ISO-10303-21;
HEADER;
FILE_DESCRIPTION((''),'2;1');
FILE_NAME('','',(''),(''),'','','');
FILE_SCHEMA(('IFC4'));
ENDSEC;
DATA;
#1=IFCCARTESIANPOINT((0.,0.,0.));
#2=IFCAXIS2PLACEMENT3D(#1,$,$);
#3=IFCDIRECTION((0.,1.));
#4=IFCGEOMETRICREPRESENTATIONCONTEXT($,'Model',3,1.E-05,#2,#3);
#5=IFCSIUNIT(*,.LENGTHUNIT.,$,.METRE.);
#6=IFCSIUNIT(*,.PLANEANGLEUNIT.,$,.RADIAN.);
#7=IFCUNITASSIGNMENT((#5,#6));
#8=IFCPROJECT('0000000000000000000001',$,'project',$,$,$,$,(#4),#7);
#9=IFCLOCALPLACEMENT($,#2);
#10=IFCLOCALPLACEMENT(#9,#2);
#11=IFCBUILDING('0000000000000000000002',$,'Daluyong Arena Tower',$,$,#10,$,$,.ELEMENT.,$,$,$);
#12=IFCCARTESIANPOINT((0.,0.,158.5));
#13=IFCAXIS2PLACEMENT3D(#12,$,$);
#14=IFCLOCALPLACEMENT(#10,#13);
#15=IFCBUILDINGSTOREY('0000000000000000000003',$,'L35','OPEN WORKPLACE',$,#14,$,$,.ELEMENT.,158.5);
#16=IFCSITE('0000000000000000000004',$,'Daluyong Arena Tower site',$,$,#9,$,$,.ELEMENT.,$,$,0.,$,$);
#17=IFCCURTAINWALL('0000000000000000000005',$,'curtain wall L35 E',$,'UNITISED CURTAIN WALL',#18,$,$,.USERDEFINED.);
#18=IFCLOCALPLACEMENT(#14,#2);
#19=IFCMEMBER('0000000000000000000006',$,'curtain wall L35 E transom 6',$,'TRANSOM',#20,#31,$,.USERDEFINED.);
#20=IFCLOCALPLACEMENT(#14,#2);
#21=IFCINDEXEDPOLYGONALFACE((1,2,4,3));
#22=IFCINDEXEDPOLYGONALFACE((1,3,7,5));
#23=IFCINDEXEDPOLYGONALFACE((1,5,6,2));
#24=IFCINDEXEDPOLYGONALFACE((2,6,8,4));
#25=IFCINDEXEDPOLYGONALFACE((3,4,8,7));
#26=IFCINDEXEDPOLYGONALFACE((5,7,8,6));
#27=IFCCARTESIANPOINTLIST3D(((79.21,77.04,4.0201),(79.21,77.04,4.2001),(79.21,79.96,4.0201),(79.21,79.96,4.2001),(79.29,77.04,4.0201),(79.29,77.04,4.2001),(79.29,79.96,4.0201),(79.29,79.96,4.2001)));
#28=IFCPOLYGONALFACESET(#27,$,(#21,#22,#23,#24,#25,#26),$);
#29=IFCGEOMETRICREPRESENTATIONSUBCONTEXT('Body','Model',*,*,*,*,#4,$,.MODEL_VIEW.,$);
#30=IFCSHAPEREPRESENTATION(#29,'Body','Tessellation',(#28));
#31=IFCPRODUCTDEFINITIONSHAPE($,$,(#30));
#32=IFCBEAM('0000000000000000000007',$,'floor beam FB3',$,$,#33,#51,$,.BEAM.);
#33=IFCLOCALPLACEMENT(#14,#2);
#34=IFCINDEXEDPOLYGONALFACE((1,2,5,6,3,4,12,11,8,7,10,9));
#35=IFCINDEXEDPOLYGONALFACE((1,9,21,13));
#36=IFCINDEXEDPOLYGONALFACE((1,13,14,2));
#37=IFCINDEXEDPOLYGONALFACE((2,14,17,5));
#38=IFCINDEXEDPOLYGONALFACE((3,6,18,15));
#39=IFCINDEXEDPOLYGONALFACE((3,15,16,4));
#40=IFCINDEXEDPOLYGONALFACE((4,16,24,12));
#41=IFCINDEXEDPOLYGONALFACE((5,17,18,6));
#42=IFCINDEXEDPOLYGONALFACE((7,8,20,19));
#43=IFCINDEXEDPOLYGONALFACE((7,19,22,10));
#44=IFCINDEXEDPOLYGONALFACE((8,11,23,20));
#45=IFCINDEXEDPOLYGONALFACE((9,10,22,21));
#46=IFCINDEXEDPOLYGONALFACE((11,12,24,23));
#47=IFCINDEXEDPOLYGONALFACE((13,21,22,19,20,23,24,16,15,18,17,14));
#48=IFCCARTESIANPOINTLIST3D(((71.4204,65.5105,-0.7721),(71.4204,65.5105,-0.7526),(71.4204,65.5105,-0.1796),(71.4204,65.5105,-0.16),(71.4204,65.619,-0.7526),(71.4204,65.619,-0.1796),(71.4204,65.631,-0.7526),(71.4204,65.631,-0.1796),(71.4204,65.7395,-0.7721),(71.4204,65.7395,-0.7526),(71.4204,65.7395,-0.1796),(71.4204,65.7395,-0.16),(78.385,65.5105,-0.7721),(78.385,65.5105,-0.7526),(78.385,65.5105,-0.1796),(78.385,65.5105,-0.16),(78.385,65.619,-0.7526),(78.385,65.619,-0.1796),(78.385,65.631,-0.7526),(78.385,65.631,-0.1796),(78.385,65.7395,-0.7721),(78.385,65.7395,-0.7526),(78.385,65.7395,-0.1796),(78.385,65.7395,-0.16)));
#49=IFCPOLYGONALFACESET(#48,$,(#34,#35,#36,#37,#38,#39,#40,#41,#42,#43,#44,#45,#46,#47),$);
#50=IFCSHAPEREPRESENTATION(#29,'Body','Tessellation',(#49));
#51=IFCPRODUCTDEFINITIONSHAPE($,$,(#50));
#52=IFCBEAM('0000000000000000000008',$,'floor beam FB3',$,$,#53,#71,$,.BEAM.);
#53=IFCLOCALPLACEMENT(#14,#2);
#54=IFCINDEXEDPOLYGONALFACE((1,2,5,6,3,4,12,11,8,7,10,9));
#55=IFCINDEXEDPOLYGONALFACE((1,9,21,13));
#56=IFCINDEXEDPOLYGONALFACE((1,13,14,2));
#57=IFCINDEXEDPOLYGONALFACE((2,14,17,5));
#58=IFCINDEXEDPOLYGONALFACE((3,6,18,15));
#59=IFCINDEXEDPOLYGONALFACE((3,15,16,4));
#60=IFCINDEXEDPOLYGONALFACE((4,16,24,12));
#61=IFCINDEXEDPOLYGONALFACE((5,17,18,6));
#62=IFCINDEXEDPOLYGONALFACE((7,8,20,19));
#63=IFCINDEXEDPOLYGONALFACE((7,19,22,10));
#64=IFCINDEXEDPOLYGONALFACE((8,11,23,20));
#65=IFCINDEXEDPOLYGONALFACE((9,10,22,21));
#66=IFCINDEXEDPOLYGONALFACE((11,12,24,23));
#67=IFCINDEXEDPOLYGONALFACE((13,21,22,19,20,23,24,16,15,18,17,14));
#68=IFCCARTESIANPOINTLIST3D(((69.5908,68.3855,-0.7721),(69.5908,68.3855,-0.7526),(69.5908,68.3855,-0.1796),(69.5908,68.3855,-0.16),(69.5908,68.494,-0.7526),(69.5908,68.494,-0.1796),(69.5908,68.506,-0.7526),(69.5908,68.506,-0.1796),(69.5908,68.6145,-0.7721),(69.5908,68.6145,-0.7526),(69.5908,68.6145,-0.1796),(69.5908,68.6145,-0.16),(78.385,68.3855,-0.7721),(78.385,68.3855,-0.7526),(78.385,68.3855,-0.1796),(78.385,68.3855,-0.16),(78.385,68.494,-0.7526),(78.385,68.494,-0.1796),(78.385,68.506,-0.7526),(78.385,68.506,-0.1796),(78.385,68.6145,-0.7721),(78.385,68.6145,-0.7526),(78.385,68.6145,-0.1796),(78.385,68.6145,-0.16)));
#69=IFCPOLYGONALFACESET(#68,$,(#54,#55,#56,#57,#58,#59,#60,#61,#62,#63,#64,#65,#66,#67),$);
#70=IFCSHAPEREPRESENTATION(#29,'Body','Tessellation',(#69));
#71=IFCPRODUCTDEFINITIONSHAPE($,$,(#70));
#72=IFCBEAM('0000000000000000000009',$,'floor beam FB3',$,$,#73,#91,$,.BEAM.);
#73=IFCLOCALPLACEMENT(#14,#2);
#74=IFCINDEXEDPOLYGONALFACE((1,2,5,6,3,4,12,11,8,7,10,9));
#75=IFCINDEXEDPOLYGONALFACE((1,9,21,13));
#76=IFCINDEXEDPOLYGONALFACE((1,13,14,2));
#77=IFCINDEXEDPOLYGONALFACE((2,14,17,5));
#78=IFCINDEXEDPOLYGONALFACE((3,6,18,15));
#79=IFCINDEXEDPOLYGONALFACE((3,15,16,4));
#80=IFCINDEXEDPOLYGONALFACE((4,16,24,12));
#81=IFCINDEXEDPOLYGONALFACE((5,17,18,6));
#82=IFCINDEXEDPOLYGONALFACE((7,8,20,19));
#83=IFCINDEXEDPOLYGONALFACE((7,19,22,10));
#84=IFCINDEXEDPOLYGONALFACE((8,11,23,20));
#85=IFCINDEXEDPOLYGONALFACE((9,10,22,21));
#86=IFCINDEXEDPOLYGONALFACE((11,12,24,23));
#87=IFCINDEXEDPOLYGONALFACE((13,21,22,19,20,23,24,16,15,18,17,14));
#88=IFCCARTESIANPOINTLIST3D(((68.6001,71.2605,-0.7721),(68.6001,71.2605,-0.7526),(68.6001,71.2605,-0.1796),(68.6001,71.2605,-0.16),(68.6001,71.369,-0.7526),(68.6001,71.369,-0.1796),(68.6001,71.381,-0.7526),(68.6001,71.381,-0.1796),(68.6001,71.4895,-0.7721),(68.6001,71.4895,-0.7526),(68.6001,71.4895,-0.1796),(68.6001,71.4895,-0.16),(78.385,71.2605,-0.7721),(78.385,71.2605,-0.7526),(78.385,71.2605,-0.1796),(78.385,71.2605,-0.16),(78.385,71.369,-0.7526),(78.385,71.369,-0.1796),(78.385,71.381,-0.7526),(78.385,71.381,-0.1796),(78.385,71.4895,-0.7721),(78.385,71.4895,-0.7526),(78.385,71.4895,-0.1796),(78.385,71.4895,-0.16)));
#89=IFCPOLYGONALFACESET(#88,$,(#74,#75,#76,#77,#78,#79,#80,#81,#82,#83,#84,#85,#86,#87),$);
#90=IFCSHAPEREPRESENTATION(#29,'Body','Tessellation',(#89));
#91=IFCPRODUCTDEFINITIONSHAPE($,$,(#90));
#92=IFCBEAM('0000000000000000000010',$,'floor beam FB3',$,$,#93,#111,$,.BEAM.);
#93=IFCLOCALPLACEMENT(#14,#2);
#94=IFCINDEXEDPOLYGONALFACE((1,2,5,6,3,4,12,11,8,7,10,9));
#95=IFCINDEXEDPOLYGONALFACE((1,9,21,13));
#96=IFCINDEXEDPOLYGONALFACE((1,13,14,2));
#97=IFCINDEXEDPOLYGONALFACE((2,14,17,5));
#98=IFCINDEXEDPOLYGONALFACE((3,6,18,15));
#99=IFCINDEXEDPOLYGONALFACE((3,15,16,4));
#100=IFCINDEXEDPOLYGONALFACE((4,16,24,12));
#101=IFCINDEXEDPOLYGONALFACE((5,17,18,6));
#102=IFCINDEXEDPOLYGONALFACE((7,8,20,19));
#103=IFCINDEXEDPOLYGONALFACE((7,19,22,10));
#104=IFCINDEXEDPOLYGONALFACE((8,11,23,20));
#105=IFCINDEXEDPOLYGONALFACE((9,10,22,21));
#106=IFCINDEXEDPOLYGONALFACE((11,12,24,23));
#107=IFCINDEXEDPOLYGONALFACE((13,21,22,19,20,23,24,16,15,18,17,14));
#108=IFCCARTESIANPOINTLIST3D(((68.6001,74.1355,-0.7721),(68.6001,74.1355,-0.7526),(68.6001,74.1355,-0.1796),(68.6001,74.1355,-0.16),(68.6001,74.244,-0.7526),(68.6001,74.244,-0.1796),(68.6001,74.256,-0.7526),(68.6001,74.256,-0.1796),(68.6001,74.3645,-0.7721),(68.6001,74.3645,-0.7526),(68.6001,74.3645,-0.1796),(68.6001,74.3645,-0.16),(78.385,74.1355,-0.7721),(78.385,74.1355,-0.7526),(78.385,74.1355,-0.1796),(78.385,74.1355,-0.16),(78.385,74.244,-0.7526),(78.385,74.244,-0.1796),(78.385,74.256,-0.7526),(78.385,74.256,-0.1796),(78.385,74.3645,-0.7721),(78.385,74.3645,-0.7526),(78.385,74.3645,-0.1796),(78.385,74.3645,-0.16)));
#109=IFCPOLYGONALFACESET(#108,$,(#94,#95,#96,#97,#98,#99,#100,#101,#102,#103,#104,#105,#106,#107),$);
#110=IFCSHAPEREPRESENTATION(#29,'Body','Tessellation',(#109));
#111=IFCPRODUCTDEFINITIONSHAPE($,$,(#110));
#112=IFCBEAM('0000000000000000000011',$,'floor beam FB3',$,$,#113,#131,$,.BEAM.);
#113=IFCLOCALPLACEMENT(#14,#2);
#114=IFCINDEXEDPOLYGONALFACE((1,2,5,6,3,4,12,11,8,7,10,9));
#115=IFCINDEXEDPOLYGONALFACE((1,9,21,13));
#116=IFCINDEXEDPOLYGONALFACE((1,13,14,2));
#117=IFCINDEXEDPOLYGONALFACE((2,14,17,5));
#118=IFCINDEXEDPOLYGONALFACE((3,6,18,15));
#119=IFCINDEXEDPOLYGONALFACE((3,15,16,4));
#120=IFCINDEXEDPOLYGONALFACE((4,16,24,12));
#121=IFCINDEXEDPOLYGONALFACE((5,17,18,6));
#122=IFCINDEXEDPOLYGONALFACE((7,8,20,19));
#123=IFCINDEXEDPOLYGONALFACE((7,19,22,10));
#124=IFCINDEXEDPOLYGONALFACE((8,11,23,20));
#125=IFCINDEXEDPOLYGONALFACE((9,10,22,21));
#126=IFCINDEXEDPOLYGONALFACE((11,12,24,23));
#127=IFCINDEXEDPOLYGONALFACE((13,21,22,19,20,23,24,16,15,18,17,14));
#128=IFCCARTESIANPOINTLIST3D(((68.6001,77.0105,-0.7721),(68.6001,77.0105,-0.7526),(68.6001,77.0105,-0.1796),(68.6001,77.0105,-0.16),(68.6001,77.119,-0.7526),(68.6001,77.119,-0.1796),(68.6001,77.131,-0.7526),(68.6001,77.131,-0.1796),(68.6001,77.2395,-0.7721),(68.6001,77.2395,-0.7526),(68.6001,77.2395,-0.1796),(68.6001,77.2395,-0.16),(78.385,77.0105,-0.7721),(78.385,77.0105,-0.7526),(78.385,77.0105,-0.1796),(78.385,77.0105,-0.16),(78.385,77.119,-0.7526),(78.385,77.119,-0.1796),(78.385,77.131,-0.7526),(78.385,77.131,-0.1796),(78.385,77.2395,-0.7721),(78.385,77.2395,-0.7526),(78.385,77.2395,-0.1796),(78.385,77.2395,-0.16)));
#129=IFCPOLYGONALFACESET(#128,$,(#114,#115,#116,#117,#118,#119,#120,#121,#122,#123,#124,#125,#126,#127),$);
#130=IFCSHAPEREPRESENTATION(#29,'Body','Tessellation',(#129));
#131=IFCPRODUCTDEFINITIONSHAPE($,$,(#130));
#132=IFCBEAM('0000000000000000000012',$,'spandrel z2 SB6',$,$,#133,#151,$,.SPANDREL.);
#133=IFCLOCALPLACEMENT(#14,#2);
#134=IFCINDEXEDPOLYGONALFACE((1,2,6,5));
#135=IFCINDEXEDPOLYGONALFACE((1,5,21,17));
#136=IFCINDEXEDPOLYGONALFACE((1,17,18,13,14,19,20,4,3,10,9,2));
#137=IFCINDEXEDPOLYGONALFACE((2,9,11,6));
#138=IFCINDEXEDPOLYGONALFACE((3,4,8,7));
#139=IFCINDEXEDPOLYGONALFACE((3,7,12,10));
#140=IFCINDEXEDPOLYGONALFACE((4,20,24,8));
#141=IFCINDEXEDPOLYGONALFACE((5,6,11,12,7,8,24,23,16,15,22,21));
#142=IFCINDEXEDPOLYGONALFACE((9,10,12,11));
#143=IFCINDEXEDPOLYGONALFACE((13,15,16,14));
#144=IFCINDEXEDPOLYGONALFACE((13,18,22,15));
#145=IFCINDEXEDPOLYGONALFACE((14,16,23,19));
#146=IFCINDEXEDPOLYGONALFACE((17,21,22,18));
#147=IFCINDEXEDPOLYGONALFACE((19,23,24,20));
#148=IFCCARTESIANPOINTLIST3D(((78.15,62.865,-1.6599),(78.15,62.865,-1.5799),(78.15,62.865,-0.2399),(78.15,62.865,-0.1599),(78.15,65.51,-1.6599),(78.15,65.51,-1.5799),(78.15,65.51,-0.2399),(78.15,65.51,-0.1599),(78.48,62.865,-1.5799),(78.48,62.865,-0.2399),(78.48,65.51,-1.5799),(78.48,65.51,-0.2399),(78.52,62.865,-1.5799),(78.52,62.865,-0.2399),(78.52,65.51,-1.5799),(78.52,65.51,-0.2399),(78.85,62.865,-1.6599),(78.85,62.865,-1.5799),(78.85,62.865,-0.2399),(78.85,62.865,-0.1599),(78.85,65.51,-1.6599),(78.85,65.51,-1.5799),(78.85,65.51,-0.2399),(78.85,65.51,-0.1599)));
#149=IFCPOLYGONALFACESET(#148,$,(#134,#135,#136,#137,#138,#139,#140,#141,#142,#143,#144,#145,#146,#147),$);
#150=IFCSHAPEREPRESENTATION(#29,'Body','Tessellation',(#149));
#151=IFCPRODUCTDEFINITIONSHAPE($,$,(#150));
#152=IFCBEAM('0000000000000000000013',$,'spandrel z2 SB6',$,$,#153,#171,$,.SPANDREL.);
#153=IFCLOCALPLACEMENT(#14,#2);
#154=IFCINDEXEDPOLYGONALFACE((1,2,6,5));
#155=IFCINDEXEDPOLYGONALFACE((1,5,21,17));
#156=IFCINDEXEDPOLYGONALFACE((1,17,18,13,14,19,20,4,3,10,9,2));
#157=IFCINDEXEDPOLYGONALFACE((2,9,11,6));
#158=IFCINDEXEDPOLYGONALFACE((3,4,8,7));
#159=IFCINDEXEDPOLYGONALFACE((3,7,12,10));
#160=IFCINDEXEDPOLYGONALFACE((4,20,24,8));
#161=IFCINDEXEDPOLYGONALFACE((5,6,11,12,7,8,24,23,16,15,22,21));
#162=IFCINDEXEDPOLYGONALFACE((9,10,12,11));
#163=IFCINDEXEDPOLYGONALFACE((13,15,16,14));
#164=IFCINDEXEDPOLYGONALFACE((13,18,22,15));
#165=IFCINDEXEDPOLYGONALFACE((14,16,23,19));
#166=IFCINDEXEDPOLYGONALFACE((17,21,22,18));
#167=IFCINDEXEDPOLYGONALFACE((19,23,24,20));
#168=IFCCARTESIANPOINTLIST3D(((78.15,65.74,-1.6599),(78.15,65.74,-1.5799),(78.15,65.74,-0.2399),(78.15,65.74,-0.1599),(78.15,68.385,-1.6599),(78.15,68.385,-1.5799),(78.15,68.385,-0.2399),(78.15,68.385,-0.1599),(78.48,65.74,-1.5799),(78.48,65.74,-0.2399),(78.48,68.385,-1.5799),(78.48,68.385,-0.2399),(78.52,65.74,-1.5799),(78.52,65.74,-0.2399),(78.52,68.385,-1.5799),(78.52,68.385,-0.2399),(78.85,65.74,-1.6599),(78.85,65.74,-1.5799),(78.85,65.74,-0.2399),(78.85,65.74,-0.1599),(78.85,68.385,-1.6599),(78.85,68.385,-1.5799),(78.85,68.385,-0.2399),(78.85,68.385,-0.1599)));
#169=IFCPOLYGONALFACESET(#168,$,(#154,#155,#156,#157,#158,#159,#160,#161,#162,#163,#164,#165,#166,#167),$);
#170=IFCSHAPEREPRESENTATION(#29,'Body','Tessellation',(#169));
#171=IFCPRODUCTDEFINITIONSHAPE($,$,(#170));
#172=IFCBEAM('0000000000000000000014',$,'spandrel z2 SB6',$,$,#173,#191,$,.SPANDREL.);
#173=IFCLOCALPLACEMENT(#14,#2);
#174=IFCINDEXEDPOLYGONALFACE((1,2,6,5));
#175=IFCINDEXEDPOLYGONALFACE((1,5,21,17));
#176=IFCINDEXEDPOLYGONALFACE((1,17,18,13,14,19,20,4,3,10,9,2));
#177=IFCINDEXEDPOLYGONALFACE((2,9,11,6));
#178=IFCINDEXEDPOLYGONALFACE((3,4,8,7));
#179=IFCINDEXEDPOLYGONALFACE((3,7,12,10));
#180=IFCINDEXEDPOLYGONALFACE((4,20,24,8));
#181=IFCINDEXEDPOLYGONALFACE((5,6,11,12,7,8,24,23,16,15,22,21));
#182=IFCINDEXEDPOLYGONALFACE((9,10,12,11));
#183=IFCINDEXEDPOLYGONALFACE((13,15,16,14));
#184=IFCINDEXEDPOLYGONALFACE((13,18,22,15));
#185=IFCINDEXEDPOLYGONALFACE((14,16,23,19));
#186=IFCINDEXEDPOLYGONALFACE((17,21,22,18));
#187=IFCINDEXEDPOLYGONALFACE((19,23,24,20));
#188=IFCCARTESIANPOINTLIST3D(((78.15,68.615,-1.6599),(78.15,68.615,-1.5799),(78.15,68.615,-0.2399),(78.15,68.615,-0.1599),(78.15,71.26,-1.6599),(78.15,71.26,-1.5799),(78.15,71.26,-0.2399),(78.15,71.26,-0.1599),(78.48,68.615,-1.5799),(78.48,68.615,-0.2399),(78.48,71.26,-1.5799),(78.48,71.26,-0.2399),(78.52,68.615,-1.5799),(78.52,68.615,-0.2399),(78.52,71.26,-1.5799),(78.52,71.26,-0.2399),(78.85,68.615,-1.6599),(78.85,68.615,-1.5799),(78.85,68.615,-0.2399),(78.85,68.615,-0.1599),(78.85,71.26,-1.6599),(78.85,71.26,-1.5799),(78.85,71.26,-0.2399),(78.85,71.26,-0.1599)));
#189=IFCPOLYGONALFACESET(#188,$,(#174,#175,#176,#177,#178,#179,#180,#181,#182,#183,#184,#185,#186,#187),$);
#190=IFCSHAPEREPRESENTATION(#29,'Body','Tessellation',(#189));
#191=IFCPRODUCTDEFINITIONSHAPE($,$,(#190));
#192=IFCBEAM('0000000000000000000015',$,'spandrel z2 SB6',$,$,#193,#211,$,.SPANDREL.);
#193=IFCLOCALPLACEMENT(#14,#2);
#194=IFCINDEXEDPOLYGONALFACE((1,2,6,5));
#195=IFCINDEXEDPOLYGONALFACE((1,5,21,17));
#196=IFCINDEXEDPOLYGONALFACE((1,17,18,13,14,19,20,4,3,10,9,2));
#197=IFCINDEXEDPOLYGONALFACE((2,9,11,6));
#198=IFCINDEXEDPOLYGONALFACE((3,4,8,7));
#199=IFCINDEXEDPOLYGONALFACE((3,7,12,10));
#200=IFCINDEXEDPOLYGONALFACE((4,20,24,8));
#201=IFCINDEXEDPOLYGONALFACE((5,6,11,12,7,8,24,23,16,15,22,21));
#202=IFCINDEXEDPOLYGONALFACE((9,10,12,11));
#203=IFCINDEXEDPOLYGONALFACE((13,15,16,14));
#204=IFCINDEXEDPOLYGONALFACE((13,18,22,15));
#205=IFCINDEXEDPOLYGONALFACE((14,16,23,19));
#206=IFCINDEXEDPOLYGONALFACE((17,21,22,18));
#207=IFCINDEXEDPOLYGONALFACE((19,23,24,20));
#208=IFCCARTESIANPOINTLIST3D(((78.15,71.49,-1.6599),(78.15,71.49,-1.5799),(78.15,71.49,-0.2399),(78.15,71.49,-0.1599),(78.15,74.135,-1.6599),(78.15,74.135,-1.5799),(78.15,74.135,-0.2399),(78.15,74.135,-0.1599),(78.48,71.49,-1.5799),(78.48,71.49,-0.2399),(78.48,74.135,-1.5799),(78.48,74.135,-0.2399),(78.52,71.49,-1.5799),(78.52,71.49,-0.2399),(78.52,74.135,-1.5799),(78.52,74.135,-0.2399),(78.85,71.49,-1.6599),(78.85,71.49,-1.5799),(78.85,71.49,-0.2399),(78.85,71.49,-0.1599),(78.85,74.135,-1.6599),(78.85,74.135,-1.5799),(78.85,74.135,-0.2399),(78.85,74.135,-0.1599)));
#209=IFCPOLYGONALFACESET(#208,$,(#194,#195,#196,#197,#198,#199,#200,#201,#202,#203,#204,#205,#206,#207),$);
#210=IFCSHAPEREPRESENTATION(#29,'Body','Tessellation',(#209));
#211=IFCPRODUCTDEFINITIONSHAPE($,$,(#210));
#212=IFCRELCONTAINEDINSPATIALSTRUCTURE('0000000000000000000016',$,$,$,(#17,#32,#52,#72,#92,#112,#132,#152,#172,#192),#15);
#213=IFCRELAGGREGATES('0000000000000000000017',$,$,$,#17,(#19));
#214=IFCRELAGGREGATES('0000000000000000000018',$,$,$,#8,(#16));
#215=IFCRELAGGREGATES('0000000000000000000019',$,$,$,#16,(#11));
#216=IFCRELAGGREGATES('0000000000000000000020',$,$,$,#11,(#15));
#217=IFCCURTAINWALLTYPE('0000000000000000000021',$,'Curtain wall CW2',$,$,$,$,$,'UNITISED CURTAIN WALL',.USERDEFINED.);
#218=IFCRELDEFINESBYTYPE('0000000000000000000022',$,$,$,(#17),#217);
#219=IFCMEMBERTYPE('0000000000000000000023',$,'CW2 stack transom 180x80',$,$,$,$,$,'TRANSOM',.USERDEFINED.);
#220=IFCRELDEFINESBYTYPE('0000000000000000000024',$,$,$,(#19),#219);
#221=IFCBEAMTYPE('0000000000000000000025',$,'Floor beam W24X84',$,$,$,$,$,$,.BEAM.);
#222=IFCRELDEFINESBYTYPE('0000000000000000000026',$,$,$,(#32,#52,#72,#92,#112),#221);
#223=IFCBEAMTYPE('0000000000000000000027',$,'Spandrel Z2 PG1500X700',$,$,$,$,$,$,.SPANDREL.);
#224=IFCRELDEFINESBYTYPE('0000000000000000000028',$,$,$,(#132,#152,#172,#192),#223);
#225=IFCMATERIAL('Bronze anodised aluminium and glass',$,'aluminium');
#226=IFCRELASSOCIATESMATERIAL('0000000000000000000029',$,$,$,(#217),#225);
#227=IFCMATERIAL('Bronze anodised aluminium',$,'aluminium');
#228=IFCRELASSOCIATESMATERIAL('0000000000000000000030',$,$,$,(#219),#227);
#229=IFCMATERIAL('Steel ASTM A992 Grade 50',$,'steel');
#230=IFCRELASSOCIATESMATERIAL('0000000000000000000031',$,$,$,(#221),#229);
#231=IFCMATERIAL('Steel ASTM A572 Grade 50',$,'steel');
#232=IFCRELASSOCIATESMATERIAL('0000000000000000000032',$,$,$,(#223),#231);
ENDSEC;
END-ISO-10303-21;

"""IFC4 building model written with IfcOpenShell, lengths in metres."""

from ifc_helpers import new_model, si_unit, direction, frame, origin, origin_2d, place, context, subcontext, project, spatial, rectangle, i_section, extrude, material, material_profile, profile_set, type_object, element, aggregate, save


model = new_model("IFC4")

# Units and contexts
model_context = context("Model", 3, precision=1e-05, world=origin(), true_north=direction((0.0, 1.0)))
body_context = subcontext(model_context, "Body", "Model", "MODEL_VIEW")
ifc_project = project(units=[si_unit("LENGTHUNIT", "METRE"), si_unit("PLANEANGLEUNIT", "RADIAN")], contexts=[model_context])

# Site, building, storey
site_placement = place(None, origin())
site = spatial("IfcSite", under=ifc_project, at=site_placement, Name="Daluyong Arena Tower site", CompositionType="ELEMENT", RefElevation=0.0)
building_placement = place(site_placement, origin())
building = spatial("IfcBuilding", under=site, at=building_placement, Name="Daluyong Arena Tower", CompositionType="ELEMENT")
storey_placement = place(building_placement, frame((0.0, 0.0, 158.5)))
storey = spatial("IfcBuildingStorey", under=building, at=storey_placement, Name="L35", Description="OPEN WORKPLACE", CompositionType="ELEMENT", Elevation=158.5)

# Curtain wall, member
ifc_material_1 = material(Name="Bronze anodised aluminium and glass", Category="aluminium")
curtain_wall_type = type_object("IfcCurtainWallType", Name="Curtain wall CW2", ElementType="UNITISED CURTAIN WALL", PredefinedType="USERDEFINED", material=ifc_material_1)
curtain_wall_placement = place(storey_placement, origin())
curtain_wall = element("IfcCurtainWall", 1, at=curtain_wall_placement, inside=storey, type_object=curtain_wall_type, Name="curtain wall L35 E", ObjectType="UNITISED CURTAIN WALL", PredefinedType="USERDEFINED")
ifc_material_2 = material(Name="Bronze anodised aluminium", Category="aluminium")
ifc_material_profile_1 = material_profile(ifc_material_2, rectangle(XDim=0.0801, YDim=0.1799, at=origin_2d()))
ifc_profile_set_1 = profile_set([ifc_material_profile_1], Name="Bronze anodised aluminium")
member_type_1 = type_object("IfcMemberType", Name="CW2 stack transom 180x80", ElementType="TRANSOM", PredefinedType="USERDEFINED", material=ifc_profile_set_1)
member_1_placement = place(storey_placement, frame((79.25, 77.04, 4.1101), z_axis=(0.0, 1.0, 0.0), x_axis=(-1.0, 0.0, 0.0)))
member_1 = element("IfcMember", 2, at=member_1_placement, type_object=member_type_1, Name="curtain wall L35 E transom 6", ObjectType="TRANSOM", PredefinedType="USERDEFINED", context=body_context, shape_type="SweptSolid", body=[
    extrude(rectangle(XDim=0.0801, YDim=0.1799, at=origin_2d()), origin(), (0.0, 0.0, 1.0), 2.9199),
])

# Beams
ifc_material_3 = material(Name="Steel ASTM A992 Grade 50", Category="steel")
ifc_material_profile_2 = material_profile(ifc_material_3, i_section(OverallWidth=0.229, OverallDepth=0.6121, WebThickness=0.012, FlangeThickness=0.0195, at=origin_2d()))
ifc_profile_set_2 = profile_set([ifc_material_profile_2], Name="Steel ASTM A992 Grade 50")
beam_type_1 = type_object("IfcBeamType", Name="Floor beam W24X84", PredefinedType="BEAM", material=ifc_profile_set_2)
beam_1_placement = place(storey_placement, frame((78.385, 65.625, -0.4661), z_axis=(-1.0, 0.0, 0.0), x_axis=(0.0, -1.0, 0.0)))
element("IfcBeam", 3, at=beam_1_placement, inside=storey, type_object=beam_type_1, Name="floor beam FB3", PredefinedType="BEAM", context=body_context, shape_type="SweptSolid", body=[
    extrude(i_section(OverallWidth=0.229, OverallDepth=0.6121, WebThickness=0.012, FlangeThickness=0.0195, at=origin_2d()), origin(), (0.0, 0.0, 1.0), 6.9646),
])
beam_2_placement = place(storey_placement, frame((78.385, 68.5, -0.4661), z_axis=(-1.0, 0.0, 0.0), x_axis=(0.0, -1.0, 0.0)))
element("IfcBeam", 4, at=beam_2_placement, inside=storey, type_object=beam_type_1, Name="floor beam FB3", PredefinedType="BEAM", context=body_context, shape_type="SweptSolid", body=[
    extrude(i_section(OverallWidth=0.229, OverallDepth=0.6121, WebThickness=0.012, FlangeThickness=0.0195, at=origin_2d()), origin(), (0.0, 0.0, 1.0), 8.7942),
])
for number, where, z_axis, x_axis, name in (
    (5, (78.385, 71.375, -0.4661), (-1.0, 0.0, 0.0), (0.0, -1.0, 0.0), "floor beam FB3"),
    (6, (78.385, 74.25, -0.4661), (-1.0, 0.0, 0.0), (0.0, -1.0, 0.0), "floor beam FB3"),
    (7, (78.385, 77.125, -0.4661), (-1.0, 0.0, 0.0), (0.0, -1.0, 0.0), "floor beam FB3"),
):
    element("IfcBeam", number, at=place(storey_placement, frame(where, z_axis=z_axis, x_axis=x_axis)), inside=storey, type_object=beam_type_1, Name=name, PredefinedType="BEAM", context=body_context, shape_type="SweptSolid", body=[
        extrude(i_section(OverallWidth=0.229, OverallDepth=0.6121, WebThickness=0.012, FlangeThickness=0.0195, at=origin_2d()), origin(), (0.0, 0.0, 1.0), 9.7849),
    ])
ifc_material_4 = material(Name="Steel ASTM A572 Grade 50", Category="steel")
ifc_material_profile_3 = material_profile(ifc_material_4, i_section(OverallWidth=0.7, OverallDepth=1.5, WebThickness=0.04, FlangeThickness=0.08, at=origin_2d()))
ifc_profile_set_3 = profile_set([ifc_material_profile_3], Name="Steel ASTM A572 Grade 50")
beam_type_2 = type_object("IfcBeamType", Name="Spandrel Z2 PG1500X700", PredefinedType="SPANDREL", material=ifc_profile_set_3)
for number, where, z_axis, x_axis, name in (
    (8, (78.5, 62.865, -0.9099), (0.0, 1.0, 0.0), (-1.0, 0.0, 0.0), "spandrel z2 SB6"),
    (9, (78.5, 65.74, -0.9099), (0.0, 1.0, 0.0), (-1.0, 0.0, 0.0), "spandrel z2 SB6"),
    (10, (78.5, 68.615, -0.9099), (0.0, 1.0, 0.0), (-1.0, 0.0, 0.0), "spandrel z2 SB6"),
    (11, (78.5, 71.49, -0.9099), (0.0, 1.0, 0.0), (-1.0, 0.0, 0.0), "spandrel z2 SB6"),
):
    element("IfcBeam", number, at=place(storey_placement, frame(where, z_axis=z_axis, x_axis=x_axis)), inside=storey, type_object=beam_type_2, Name=name, PredefinedType="SPANDREL", context=body_context, shape_type="SweptSolid", body=[
        extrude(i_section(OverallWidth=0.7, OverallDepth=1.5, WebThickness=0.04, FlangeThickness=0.08, at=origin_2d()), origin(), (0.0, 0.0, 1.0), 2.645),
    ])

aggregate(curtain_wall, [member_1])

save(model, "model.ifc")
